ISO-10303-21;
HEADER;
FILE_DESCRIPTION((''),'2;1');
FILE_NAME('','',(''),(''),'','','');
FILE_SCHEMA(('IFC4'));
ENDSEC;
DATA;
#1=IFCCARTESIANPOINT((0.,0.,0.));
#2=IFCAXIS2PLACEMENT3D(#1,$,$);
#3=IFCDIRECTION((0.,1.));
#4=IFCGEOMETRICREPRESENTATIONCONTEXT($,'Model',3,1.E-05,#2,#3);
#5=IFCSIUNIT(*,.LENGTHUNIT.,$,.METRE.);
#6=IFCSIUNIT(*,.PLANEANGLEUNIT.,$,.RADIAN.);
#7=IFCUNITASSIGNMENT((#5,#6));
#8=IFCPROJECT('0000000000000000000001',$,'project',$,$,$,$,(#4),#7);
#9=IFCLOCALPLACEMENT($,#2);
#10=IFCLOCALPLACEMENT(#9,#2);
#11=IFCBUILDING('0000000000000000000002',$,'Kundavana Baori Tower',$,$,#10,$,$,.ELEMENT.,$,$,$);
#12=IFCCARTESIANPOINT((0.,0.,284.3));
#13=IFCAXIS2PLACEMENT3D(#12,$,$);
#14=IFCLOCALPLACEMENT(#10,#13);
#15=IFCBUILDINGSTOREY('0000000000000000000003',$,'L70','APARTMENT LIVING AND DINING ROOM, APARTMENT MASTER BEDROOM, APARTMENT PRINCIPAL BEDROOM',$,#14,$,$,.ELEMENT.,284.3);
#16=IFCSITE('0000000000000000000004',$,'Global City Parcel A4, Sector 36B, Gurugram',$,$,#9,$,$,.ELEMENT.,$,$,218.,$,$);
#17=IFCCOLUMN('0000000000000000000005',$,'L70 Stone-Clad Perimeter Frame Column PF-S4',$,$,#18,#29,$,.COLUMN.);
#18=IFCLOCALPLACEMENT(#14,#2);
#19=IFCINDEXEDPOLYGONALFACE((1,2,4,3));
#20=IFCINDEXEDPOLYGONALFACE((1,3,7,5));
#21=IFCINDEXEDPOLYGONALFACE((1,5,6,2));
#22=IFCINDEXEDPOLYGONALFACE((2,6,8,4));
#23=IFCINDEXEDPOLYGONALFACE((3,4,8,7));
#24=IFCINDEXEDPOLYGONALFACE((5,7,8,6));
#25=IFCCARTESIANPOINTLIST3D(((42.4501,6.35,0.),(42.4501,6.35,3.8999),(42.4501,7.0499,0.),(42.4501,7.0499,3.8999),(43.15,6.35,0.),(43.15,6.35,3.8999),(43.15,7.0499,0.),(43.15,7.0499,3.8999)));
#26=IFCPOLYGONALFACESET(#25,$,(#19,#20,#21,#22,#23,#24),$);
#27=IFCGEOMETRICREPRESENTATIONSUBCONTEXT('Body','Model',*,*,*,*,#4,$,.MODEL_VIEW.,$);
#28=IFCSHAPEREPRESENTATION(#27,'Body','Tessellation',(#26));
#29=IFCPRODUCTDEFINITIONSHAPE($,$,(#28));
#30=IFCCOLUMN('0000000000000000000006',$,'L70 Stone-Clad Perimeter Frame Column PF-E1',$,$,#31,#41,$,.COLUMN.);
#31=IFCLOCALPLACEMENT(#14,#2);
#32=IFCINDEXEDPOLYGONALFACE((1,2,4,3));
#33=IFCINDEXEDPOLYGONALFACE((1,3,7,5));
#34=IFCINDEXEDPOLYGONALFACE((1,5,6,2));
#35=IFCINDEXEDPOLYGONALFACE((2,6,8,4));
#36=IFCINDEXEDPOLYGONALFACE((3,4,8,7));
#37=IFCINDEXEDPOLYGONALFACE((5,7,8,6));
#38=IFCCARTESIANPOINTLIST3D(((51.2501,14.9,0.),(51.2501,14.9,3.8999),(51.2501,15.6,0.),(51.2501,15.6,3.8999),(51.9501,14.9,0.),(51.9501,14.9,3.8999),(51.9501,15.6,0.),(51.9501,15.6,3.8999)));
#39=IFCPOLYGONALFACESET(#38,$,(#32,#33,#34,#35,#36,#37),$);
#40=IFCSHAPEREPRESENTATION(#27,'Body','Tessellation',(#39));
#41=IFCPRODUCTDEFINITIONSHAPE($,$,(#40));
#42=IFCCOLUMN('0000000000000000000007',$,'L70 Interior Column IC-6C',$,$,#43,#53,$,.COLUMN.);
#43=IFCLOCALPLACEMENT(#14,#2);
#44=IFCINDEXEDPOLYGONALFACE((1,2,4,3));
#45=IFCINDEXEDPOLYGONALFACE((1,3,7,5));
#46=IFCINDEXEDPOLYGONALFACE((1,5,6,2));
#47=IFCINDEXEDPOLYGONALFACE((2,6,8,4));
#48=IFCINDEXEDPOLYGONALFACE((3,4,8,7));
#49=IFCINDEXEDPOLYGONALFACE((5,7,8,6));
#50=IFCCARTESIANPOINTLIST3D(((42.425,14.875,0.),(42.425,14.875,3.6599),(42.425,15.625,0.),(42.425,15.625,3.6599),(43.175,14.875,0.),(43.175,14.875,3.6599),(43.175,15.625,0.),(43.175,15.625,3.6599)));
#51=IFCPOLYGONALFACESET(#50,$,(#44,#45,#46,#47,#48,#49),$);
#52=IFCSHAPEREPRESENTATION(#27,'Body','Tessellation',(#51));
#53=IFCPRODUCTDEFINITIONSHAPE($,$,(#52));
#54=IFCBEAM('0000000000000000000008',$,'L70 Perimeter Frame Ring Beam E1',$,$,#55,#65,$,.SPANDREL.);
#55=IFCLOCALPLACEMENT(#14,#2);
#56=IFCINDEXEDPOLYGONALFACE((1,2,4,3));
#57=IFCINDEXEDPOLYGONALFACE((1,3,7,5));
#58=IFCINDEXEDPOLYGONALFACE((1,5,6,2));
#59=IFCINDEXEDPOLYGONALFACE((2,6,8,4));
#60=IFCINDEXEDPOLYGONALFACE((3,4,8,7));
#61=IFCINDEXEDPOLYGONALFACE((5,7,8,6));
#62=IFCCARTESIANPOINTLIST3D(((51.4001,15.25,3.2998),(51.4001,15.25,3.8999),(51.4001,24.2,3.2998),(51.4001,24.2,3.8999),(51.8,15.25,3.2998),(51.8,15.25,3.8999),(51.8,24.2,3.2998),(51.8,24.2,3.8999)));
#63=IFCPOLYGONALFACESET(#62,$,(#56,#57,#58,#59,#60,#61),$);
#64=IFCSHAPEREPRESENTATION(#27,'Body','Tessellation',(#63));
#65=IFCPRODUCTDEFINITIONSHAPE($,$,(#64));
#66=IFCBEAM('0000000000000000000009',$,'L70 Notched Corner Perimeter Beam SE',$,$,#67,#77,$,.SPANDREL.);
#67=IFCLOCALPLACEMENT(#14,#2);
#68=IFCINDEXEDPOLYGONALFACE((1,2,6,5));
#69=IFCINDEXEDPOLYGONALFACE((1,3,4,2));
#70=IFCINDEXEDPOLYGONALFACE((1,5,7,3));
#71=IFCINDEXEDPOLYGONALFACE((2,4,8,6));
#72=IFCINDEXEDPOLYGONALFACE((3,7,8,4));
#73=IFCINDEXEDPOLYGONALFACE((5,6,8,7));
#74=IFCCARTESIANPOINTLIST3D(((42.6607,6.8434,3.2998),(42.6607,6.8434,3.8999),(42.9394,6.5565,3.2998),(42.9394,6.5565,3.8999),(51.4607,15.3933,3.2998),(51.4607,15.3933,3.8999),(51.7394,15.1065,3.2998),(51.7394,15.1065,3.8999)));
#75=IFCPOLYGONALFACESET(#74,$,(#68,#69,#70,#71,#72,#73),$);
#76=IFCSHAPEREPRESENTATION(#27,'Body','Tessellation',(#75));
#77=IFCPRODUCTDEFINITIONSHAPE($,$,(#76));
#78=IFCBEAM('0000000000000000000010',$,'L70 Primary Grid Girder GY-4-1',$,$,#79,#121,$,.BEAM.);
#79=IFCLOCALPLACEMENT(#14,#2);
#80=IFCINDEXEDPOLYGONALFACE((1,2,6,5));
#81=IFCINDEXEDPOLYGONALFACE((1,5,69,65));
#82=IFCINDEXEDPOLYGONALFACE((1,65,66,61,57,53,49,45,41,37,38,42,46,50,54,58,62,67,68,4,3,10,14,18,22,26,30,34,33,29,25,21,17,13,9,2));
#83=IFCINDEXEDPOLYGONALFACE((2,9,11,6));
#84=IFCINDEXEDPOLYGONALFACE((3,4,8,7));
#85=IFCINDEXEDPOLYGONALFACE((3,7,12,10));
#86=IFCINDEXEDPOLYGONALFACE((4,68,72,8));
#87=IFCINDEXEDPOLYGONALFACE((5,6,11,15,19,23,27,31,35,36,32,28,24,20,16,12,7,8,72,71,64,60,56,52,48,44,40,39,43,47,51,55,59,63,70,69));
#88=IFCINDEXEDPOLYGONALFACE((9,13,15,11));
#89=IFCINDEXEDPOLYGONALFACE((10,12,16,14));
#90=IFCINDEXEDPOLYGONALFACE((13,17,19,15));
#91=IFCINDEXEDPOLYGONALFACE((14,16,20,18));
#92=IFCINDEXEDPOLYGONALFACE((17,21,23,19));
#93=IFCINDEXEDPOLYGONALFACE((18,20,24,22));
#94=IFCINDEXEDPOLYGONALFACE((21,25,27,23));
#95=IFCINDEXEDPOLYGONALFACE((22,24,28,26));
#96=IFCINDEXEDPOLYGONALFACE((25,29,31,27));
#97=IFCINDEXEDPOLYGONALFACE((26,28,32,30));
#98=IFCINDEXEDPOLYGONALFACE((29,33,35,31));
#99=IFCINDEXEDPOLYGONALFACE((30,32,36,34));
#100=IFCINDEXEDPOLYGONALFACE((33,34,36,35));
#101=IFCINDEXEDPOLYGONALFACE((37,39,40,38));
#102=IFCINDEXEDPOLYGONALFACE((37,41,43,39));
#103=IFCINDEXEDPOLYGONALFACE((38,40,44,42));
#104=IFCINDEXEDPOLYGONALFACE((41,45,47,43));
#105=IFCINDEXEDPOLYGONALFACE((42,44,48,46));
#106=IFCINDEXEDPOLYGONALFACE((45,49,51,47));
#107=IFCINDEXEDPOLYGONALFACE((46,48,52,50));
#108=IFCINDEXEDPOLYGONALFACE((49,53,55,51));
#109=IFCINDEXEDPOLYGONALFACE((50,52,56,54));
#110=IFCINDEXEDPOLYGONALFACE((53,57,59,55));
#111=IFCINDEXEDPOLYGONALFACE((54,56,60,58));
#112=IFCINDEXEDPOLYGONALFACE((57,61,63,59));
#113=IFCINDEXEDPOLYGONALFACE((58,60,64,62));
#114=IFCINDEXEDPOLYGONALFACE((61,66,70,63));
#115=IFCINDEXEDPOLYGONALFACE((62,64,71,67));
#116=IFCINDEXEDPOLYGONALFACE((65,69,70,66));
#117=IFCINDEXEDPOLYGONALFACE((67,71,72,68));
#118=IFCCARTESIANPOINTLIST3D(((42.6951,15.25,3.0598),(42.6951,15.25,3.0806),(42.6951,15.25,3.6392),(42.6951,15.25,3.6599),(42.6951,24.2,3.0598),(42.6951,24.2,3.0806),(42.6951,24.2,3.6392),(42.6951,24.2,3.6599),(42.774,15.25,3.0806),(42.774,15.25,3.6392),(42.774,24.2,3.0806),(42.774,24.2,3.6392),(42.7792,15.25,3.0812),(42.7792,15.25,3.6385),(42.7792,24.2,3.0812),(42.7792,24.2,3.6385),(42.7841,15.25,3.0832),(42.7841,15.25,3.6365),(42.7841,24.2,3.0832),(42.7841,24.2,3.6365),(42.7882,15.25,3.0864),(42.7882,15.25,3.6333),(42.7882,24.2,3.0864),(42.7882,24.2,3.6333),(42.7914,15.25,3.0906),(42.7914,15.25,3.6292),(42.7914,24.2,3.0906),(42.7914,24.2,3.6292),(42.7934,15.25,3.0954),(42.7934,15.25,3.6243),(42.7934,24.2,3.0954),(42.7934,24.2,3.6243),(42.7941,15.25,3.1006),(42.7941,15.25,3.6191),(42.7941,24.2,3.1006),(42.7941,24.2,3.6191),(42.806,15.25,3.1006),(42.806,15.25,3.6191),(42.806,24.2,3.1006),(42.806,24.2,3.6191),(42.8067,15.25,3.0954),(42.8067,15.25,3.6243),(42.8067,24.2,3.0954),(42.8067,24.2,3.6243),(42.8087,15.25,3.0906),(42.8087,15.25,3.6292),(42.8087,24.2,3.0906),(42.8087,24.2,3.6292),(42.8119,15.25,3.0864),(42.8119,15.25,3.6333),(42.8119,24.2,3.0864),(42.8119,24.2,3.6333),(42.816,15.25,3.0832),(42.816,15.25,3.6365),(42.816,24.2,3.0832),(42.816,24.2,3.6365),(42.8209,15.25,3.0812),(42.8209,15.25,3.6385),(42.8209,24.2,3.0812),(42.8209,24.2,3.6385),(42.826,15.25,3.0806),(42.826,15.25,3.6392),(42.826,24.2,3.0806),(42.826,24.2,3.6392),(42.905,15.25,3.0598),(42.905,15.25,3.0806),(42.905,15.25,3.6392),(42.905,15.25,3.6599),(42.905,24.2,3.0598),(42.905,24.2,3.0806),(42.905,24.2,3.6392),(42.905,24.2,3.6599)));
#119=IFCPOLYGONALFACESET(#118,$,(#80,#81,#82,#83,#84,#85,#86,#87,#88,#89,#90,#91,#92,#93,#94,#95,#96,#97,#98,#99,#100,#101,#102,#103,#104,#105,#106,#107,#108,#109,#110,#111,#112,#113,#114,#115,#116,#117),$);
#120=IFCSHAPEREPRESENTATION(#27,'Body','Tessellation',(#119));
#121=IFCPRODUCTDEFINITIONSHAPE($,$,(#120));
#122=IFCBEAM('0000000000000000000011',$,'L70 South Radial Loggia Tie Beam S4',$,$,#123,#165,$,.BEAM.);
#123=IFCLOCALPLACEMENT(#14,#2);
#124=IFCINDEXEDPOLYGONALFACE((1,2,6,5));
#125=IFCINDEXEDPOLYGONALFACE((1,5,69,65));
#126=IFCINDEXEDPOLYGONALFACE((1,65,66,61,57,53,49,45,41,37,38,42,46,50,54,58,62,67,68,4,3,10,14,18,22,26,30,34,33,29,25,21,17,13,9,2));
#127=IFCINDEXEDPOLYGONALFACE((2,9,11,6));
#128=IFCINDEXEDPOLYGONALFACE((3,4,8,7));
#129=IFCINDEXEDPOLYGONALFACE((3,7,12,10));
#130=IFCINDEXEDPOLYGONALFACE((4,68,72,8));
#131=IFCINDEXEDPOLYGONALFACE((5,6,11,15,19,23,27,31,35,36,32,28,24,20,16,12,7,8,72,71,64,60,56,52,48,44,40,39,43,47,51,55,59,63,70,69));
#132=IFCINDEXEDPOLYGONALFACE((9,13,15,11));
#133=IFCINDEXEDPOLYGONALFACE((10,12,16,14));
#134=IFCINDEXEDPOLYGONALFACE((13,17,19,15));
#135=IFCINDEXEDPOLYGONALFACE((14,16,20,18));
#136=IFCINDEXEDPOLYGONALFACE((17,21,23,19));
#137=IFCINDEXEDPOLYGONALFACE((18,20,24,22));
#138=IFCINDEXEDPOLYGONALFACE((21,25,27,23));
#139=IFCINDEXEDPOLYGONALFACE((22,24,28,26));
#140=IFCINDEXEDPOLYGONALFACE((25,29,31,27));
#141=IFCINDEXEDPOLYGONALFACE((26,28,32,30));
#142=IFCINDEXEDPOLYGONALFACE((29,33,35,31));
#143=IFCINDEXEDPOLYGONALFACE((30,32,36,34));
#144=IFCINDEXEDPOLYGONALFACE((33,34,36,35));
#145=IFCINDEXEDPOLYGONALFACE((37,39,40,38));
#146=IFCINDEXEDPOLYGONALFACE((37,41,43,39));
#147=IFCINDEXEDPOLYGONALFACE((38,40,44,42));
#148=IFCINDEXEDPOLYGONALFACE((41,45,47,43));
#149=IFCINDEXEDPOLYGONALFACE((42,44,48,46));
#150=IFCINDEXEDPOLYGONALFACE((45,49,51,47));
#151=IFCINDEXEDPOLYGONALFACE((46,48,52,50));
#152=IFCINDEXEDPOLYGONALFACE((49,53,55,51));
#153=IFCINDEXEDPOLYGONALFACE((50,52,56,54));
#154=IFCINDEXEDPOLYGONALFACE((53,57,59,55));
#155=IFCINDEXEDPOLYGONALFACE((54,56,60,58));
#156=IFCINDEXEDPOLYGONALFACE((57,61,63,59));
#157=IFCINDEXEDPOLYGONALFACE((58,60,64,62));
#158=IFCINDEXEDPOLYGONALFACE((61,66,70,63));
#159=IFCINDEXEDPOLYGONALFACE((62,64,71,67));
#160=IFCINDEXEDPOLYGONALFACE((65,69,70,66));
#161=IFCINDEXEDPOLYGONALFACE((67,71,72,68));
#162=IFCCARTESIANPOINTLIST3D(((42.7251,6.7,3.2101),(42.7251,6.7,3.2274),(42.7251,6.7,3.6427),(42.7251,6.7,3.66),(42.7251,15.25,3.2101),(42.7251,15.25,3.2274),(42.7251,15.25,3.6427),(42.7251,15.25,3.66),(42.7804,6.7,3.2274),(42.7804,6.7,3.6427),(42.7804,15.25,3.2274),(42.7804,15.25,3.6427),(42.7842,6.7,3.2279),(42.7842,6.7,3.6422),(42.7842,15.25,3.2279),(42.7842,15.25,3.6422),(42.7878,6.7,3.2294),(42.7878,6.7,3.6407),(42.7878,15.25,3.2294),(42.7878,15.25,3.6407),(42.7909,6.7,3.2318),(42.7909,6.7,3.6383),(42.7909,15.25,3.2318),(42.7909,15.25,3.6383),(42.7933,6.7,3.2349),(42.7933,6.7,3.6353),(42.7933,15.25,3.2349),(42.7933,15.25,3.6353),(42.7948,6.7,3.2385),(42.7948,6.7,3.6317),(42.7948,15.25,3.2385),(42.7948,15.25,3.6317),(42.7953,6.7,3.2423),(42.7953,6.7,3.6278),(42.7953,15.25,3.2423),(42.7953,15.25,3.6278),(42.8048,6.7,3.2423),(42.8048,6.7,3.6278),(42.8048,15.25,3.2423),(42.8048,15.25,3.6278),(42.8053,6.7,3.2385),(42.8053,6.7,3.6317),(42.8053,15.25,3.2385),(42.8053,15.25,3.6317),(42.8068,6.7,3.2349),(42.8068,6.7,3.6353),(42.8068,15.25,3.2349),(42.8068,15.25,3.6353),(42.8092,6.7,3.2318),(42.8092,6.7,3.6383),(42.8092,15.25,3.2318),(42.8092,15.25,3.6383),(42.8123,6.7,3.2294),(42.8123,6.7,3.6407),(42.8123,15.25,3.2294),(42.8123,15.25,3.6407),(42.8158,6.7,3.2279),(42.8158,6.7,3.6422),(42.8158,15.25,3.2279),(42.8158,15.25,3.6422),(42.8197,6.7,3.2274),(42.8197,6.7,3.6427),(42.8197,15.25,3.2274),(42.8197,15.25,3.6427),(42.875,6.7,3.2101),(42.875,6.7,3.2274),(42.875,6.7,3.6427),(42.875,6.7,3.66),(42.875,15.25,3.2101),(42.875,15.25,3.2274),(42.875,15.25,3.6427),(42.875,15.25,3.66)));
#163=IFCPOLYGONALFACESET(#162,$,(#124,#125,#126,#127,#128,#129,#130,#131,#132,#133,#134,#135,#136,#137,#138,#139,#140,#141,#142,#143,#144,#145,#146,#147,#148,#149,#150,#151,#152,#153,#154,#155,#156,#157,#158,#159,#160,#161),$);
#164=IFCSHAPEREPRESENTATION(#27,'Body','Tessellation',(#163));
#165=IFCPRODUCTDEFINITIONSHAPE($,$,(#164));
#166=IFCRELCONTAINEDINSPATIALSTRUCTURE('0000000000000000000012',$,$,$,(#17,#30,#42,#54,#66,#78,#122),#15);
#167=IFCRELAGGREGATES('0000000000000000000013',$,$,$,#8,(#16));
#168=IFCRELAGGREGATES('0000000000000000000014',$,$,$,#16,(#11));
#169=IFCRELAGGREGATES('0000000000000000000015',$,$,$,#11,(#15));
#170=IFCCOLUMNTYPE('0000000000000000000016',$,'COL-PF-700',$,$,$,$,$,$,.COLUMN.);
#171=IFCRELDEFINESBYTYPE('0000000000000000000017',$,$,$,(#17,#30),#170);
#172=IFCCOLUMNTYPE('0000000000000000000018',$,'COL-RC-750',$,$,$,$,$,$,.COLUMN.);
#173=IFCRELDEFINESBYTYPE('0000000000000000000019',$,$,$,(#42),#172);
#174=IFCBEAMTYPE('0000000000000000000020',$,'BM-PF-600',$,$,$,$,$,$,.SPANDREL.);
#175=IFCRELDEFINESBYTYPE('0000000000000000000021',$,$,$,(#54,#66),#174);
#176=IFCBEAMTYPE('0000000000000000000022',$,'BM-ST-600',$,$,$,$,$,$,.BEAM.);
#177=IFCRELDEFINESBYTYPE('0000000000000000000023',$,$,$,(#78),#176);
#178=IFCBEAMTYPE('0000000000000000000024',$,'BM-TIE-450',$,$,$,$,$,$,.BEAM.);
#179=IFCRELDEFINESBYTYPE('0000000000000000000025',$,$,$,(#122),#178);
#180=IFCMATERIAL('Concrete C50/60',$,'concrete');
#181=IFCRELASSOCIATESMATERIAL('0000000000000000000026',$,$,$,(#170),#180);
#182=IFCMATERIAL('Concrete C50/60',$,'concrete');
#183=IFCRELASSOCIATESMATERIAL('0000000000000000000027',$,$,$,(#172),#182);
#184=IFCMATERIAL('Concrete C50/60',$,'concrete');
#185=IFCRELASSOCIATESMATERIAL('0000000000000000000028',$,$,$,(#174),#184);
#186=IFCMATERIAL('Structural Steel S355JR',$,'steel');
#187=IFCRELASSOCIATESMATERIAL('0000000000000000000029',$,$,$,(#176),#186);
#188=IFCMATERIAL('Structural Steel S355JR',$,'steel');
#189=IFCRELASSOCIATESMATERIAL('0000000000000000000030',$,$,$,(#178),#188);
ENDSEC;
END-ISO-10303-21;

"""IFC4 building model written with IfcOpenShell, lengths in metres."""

from ifc_helpers import new_model, si_unit, direction, frame, origin, origin_2d, place, context, subcontext, project, spatial, rectangle, i_section, extrude, material, material_profile, profile_set, type_object, element, save


model = new_model("IFC4")

# Units and contexts
model_context = context("Model", 3, precision=1e-05, world=origin(), true_north=direction((0.0, 1.0)))
body_context = subcontext(model_context, "Body", "Model", "MODEL_VIEW")
ifc_project = project(units=[si_unit("LENGTHUNIT", "METRE"), si_unit("PLANEANGLEUNIT", "RADIAN")], contexts=[model_context])

# Site, building, storey
site_placement = place(None, origin())
site = spatial("IfcSite", under=ifc_project, at=site_placement, Name="Global City Parcel A4, Sector 36B, Gurugram", CompositionType="ELEMENT", RefElevation=218.0)
building_placement = place(site_placement, origin())
building = spatial("IfcBuilding", under=site, at=building_placement, Name="Kundavana Baori Tower", CompositionType="ELEMENT")
storey_placement = place(building_placement, frame((0.0, 0.0, 284.3)))
storey = spatial("IfcBuildingStorey", under=building, at=storey_placement, Name="L70", Description="APARTMENT LIVING AND DINING ROOM, APARTMENT MASTER BEDROOM, APARTMENT PRINCIPAL BEDROOM", CompositionType="ELEMENT", Elevation=284.3)

# Columns
ifc_material_1 = material(Name="Concrete C50/60", Category="concrete")
ifc_material_profile_1 = material_profile(ifc_material_1, rectangle(XDim=0.7, YDim=0.7, at=origin_2d()), Name="RC PF 700x700")
ifc_profile_set_1 = profile_set([ifc_material_profile_1], Name="Concrete C50/60")
column_type_1 = type_object("IfcColumnType", Name="COL-PF-700", PredefinedType="COLUMN", material=ifc_profile_set_1)
for number, where, z_axis, x_axis, name in (
    (1, (42.8, 6.7, 0.0), (0.0, 0.0, 1.0), (1.0, 0.0, 0.0), "L70 Stone-Clad Perimeter Frame Column PF-S4"),
    (2, (51.6001, 15.25, 0.0), (0.0, 0.0, 1.0), (1.0, 0.0, 0.0), "L70 Stone-Clad Perimeter Frame Column PF-E1"),
):
    element("IfcColumn", number, at=place(storey_placement, frame(where, z_axis=z_axis, x_axis=x_axis)), inside=storey, type_object=column_type_1, Name=name, PredefinedType="COLUMN", context=body_context, shape_type="SweptSolid", body=[
        extrude(rectangle(XDim=0.7, YDim=0.7, at=origin_2d()), origin(), (0.0, 0.0, 1.0), 3.8999),
    ])
ifc_material_2 = material(Name="Concrete C50/60", Category="concrete")
ifc_material_profile_2 = material_profile(ifc_material_2, rectangle(XDim=0.75, YDim=0.75, at=origin_2d()), Name="RC 750x750")
ifc_profile_set_2 = profile_set([ifc_material_profile_2], Name="Concrete C50/60")
column_type_2 = type_object("IfcColumnType", Name="COL-RC-750", PredefinedType="COLUMN", material=ifc_profile_set_2)
column_placement = place(storey_placement, frame((42.8, 15.25, 0.0), z_axis=(0.0, 0.0, 1.0), x_axis=(1.0, 0.0, 0.0)))
element("IfcColumn", 3, at=column_placement, inside=storey, type_object=column_type_2, Name="L70 Interior Column IC-6C", PredefinedType="COLUMN", context=body_context, shape_type="SweptSolid", body=[
    extrude(rectangle(XDim=0.75, YDim=0.75, at=origin_2d()), origin(), (0.0, 0.0, 1.0), 3.6599),
])

# Beams
ifc_material_3 = material(Name="Concrete C50/60", Category="concrete")
ifc_material_profile_3 = material_profile(ifc_material_3, rectangle(XDim=0.3999, YDim=0.6001, at=origin_2d()), Name="RC BM 400x600")
ifc_profile_set_3 = profile_set([ifc_material_profile_3], Name="Concrete C50/60")
beam_type_1 = type_object("IfcBeamType", Name="BM-PF-600", PredefinedType="SPANDREL", material=ifc_profile_set_3)
beam_1_placement = place(storey_placement, frame((51.6001, 15.25, 3.5999), z_axis=(0.0, 1.0, 0.0), x_axis=(-1.0, 0.0, 0.0)))
element("IfcBeam", 4, at=beam_1_placement, inside=storey, type_object=beam_type_1, Name="L70 Perimeter Frame Ring Beam E1", PredefinedType="SPANDREL", context=body_context, shape_type="SweptSolid", body=[
    extrude(rectangle(XDim=0.3999, YDim=0.6001, at=origin_2d()), origin(), (0.0, 0.0, 1.0), 8.95),
])
beam_2_placement = place(storey_placement, frame((42.8, 6.7, 3.5999), z_axis=(0.717221, 0.696846, 0.0), x_axis=(-0.696846, 0.717221, 0.0)))
element("IfcBeam", 5, at=beam_2_placement, inside=storey, type_object=beam_type_1, Name="L70 Notched Corner Perimeter Beam SE", PredefinedType="SPANDREL", context=body_context, shape_type="SweptSolid", body=[
    extrude(rectangle(XDim=0.3999, YDim=0.6001, at=origin_2d()), origin(), (0.0, 0.0, 1.0), 12.2695),
])
ifc_material_4 = material(Name="Structural Steel S355JR", Category="steel")
ifc_material_profile_4 = material_profile(ifc_material_4, i_section(OverallWidth=0.21, OverallDepth=0.6001, WebThickness=0.012, FlangeThickness=0.0208, FilletRadius=0.02, at=origin_2d()), Name="ISMB 600")
ifc_profile_set_4 = profile_set([ifc_material_profile_4], Name="Structural Steel S355JR")
beam_type_2 = type_object("IfcBeamType", Name="BM-ST-600", PredefinedType="BEAM", material=ifc_profile_set_4)
beam_3_placement = place(storey_placement, frame((42.8, 15.25, 3.3599), z_axis=(0.0, 1.0, 0.0), x_axis=(-1.0, 0.0, 0.0)))
element("IfcBeam", 6, at=beam_3_placement, inside=storey, type_object=beam_type_2, Name="L70 Primary Grid Girder GY-4-1", PredefinedType="BEAM", context=body_context, shape_type="SweptSolid", body=[
    extrude(i_section(OverallWidth=0.21, OverallDepth=0.6001, WebThickness=0.012, FlangeThickness=0.0208, FilletRadius=0.02, at=origin_2d()), origin(), (0.0, 0.0, 1.0), 8.95),
])
ifc_material_5 = material(Name="Structural Steel S355JR", Category="steel")
ifc_material_profile_5 = material_profile(ifc_material_5, i_section(OverallWidth=0.1499, OverallDepth=0.45, WebThickness=0.0095, FlangeThickness=0.0173, FilletRadius=0.0149, at=origin_2d()), Name="ISMB 450")
ifc_profile_set_5 = profile_set([ifc_material_profile_5], Name="Structural Steel S355JR")
beam_type_3 = type_object("IfcBeamType", Name="BM-TIE-450", PredefinedType="BEAM", material=ifc_profile_set_5)
beam_4_placement = place(storey_placement, frame((42.8, 15.25, 3.4351), z_axis=(0.0, -1.0, 0.0), x_axis=(1.0, 0.0, 0.0)))
element("IfcBeam", 7, at=beam_4_placement, inside=storey, type_object=beam_type_3, Name="L70 South Radial Loggia Tie Beam S4", PredefinedType="BEAM", context=body_context, shape_type="SweptSolid", body=[
    extrude(i_section(OverallWidth=0.1499, OverallDepth=0.45, WebThickness=0.0095, FlangeThickness=0.0173, FilletRadius=0.0149, at=origin_2d()), origin(), (0.0, 0.0, 1.0), 8.55),
])

save(model, "model.ifc")
